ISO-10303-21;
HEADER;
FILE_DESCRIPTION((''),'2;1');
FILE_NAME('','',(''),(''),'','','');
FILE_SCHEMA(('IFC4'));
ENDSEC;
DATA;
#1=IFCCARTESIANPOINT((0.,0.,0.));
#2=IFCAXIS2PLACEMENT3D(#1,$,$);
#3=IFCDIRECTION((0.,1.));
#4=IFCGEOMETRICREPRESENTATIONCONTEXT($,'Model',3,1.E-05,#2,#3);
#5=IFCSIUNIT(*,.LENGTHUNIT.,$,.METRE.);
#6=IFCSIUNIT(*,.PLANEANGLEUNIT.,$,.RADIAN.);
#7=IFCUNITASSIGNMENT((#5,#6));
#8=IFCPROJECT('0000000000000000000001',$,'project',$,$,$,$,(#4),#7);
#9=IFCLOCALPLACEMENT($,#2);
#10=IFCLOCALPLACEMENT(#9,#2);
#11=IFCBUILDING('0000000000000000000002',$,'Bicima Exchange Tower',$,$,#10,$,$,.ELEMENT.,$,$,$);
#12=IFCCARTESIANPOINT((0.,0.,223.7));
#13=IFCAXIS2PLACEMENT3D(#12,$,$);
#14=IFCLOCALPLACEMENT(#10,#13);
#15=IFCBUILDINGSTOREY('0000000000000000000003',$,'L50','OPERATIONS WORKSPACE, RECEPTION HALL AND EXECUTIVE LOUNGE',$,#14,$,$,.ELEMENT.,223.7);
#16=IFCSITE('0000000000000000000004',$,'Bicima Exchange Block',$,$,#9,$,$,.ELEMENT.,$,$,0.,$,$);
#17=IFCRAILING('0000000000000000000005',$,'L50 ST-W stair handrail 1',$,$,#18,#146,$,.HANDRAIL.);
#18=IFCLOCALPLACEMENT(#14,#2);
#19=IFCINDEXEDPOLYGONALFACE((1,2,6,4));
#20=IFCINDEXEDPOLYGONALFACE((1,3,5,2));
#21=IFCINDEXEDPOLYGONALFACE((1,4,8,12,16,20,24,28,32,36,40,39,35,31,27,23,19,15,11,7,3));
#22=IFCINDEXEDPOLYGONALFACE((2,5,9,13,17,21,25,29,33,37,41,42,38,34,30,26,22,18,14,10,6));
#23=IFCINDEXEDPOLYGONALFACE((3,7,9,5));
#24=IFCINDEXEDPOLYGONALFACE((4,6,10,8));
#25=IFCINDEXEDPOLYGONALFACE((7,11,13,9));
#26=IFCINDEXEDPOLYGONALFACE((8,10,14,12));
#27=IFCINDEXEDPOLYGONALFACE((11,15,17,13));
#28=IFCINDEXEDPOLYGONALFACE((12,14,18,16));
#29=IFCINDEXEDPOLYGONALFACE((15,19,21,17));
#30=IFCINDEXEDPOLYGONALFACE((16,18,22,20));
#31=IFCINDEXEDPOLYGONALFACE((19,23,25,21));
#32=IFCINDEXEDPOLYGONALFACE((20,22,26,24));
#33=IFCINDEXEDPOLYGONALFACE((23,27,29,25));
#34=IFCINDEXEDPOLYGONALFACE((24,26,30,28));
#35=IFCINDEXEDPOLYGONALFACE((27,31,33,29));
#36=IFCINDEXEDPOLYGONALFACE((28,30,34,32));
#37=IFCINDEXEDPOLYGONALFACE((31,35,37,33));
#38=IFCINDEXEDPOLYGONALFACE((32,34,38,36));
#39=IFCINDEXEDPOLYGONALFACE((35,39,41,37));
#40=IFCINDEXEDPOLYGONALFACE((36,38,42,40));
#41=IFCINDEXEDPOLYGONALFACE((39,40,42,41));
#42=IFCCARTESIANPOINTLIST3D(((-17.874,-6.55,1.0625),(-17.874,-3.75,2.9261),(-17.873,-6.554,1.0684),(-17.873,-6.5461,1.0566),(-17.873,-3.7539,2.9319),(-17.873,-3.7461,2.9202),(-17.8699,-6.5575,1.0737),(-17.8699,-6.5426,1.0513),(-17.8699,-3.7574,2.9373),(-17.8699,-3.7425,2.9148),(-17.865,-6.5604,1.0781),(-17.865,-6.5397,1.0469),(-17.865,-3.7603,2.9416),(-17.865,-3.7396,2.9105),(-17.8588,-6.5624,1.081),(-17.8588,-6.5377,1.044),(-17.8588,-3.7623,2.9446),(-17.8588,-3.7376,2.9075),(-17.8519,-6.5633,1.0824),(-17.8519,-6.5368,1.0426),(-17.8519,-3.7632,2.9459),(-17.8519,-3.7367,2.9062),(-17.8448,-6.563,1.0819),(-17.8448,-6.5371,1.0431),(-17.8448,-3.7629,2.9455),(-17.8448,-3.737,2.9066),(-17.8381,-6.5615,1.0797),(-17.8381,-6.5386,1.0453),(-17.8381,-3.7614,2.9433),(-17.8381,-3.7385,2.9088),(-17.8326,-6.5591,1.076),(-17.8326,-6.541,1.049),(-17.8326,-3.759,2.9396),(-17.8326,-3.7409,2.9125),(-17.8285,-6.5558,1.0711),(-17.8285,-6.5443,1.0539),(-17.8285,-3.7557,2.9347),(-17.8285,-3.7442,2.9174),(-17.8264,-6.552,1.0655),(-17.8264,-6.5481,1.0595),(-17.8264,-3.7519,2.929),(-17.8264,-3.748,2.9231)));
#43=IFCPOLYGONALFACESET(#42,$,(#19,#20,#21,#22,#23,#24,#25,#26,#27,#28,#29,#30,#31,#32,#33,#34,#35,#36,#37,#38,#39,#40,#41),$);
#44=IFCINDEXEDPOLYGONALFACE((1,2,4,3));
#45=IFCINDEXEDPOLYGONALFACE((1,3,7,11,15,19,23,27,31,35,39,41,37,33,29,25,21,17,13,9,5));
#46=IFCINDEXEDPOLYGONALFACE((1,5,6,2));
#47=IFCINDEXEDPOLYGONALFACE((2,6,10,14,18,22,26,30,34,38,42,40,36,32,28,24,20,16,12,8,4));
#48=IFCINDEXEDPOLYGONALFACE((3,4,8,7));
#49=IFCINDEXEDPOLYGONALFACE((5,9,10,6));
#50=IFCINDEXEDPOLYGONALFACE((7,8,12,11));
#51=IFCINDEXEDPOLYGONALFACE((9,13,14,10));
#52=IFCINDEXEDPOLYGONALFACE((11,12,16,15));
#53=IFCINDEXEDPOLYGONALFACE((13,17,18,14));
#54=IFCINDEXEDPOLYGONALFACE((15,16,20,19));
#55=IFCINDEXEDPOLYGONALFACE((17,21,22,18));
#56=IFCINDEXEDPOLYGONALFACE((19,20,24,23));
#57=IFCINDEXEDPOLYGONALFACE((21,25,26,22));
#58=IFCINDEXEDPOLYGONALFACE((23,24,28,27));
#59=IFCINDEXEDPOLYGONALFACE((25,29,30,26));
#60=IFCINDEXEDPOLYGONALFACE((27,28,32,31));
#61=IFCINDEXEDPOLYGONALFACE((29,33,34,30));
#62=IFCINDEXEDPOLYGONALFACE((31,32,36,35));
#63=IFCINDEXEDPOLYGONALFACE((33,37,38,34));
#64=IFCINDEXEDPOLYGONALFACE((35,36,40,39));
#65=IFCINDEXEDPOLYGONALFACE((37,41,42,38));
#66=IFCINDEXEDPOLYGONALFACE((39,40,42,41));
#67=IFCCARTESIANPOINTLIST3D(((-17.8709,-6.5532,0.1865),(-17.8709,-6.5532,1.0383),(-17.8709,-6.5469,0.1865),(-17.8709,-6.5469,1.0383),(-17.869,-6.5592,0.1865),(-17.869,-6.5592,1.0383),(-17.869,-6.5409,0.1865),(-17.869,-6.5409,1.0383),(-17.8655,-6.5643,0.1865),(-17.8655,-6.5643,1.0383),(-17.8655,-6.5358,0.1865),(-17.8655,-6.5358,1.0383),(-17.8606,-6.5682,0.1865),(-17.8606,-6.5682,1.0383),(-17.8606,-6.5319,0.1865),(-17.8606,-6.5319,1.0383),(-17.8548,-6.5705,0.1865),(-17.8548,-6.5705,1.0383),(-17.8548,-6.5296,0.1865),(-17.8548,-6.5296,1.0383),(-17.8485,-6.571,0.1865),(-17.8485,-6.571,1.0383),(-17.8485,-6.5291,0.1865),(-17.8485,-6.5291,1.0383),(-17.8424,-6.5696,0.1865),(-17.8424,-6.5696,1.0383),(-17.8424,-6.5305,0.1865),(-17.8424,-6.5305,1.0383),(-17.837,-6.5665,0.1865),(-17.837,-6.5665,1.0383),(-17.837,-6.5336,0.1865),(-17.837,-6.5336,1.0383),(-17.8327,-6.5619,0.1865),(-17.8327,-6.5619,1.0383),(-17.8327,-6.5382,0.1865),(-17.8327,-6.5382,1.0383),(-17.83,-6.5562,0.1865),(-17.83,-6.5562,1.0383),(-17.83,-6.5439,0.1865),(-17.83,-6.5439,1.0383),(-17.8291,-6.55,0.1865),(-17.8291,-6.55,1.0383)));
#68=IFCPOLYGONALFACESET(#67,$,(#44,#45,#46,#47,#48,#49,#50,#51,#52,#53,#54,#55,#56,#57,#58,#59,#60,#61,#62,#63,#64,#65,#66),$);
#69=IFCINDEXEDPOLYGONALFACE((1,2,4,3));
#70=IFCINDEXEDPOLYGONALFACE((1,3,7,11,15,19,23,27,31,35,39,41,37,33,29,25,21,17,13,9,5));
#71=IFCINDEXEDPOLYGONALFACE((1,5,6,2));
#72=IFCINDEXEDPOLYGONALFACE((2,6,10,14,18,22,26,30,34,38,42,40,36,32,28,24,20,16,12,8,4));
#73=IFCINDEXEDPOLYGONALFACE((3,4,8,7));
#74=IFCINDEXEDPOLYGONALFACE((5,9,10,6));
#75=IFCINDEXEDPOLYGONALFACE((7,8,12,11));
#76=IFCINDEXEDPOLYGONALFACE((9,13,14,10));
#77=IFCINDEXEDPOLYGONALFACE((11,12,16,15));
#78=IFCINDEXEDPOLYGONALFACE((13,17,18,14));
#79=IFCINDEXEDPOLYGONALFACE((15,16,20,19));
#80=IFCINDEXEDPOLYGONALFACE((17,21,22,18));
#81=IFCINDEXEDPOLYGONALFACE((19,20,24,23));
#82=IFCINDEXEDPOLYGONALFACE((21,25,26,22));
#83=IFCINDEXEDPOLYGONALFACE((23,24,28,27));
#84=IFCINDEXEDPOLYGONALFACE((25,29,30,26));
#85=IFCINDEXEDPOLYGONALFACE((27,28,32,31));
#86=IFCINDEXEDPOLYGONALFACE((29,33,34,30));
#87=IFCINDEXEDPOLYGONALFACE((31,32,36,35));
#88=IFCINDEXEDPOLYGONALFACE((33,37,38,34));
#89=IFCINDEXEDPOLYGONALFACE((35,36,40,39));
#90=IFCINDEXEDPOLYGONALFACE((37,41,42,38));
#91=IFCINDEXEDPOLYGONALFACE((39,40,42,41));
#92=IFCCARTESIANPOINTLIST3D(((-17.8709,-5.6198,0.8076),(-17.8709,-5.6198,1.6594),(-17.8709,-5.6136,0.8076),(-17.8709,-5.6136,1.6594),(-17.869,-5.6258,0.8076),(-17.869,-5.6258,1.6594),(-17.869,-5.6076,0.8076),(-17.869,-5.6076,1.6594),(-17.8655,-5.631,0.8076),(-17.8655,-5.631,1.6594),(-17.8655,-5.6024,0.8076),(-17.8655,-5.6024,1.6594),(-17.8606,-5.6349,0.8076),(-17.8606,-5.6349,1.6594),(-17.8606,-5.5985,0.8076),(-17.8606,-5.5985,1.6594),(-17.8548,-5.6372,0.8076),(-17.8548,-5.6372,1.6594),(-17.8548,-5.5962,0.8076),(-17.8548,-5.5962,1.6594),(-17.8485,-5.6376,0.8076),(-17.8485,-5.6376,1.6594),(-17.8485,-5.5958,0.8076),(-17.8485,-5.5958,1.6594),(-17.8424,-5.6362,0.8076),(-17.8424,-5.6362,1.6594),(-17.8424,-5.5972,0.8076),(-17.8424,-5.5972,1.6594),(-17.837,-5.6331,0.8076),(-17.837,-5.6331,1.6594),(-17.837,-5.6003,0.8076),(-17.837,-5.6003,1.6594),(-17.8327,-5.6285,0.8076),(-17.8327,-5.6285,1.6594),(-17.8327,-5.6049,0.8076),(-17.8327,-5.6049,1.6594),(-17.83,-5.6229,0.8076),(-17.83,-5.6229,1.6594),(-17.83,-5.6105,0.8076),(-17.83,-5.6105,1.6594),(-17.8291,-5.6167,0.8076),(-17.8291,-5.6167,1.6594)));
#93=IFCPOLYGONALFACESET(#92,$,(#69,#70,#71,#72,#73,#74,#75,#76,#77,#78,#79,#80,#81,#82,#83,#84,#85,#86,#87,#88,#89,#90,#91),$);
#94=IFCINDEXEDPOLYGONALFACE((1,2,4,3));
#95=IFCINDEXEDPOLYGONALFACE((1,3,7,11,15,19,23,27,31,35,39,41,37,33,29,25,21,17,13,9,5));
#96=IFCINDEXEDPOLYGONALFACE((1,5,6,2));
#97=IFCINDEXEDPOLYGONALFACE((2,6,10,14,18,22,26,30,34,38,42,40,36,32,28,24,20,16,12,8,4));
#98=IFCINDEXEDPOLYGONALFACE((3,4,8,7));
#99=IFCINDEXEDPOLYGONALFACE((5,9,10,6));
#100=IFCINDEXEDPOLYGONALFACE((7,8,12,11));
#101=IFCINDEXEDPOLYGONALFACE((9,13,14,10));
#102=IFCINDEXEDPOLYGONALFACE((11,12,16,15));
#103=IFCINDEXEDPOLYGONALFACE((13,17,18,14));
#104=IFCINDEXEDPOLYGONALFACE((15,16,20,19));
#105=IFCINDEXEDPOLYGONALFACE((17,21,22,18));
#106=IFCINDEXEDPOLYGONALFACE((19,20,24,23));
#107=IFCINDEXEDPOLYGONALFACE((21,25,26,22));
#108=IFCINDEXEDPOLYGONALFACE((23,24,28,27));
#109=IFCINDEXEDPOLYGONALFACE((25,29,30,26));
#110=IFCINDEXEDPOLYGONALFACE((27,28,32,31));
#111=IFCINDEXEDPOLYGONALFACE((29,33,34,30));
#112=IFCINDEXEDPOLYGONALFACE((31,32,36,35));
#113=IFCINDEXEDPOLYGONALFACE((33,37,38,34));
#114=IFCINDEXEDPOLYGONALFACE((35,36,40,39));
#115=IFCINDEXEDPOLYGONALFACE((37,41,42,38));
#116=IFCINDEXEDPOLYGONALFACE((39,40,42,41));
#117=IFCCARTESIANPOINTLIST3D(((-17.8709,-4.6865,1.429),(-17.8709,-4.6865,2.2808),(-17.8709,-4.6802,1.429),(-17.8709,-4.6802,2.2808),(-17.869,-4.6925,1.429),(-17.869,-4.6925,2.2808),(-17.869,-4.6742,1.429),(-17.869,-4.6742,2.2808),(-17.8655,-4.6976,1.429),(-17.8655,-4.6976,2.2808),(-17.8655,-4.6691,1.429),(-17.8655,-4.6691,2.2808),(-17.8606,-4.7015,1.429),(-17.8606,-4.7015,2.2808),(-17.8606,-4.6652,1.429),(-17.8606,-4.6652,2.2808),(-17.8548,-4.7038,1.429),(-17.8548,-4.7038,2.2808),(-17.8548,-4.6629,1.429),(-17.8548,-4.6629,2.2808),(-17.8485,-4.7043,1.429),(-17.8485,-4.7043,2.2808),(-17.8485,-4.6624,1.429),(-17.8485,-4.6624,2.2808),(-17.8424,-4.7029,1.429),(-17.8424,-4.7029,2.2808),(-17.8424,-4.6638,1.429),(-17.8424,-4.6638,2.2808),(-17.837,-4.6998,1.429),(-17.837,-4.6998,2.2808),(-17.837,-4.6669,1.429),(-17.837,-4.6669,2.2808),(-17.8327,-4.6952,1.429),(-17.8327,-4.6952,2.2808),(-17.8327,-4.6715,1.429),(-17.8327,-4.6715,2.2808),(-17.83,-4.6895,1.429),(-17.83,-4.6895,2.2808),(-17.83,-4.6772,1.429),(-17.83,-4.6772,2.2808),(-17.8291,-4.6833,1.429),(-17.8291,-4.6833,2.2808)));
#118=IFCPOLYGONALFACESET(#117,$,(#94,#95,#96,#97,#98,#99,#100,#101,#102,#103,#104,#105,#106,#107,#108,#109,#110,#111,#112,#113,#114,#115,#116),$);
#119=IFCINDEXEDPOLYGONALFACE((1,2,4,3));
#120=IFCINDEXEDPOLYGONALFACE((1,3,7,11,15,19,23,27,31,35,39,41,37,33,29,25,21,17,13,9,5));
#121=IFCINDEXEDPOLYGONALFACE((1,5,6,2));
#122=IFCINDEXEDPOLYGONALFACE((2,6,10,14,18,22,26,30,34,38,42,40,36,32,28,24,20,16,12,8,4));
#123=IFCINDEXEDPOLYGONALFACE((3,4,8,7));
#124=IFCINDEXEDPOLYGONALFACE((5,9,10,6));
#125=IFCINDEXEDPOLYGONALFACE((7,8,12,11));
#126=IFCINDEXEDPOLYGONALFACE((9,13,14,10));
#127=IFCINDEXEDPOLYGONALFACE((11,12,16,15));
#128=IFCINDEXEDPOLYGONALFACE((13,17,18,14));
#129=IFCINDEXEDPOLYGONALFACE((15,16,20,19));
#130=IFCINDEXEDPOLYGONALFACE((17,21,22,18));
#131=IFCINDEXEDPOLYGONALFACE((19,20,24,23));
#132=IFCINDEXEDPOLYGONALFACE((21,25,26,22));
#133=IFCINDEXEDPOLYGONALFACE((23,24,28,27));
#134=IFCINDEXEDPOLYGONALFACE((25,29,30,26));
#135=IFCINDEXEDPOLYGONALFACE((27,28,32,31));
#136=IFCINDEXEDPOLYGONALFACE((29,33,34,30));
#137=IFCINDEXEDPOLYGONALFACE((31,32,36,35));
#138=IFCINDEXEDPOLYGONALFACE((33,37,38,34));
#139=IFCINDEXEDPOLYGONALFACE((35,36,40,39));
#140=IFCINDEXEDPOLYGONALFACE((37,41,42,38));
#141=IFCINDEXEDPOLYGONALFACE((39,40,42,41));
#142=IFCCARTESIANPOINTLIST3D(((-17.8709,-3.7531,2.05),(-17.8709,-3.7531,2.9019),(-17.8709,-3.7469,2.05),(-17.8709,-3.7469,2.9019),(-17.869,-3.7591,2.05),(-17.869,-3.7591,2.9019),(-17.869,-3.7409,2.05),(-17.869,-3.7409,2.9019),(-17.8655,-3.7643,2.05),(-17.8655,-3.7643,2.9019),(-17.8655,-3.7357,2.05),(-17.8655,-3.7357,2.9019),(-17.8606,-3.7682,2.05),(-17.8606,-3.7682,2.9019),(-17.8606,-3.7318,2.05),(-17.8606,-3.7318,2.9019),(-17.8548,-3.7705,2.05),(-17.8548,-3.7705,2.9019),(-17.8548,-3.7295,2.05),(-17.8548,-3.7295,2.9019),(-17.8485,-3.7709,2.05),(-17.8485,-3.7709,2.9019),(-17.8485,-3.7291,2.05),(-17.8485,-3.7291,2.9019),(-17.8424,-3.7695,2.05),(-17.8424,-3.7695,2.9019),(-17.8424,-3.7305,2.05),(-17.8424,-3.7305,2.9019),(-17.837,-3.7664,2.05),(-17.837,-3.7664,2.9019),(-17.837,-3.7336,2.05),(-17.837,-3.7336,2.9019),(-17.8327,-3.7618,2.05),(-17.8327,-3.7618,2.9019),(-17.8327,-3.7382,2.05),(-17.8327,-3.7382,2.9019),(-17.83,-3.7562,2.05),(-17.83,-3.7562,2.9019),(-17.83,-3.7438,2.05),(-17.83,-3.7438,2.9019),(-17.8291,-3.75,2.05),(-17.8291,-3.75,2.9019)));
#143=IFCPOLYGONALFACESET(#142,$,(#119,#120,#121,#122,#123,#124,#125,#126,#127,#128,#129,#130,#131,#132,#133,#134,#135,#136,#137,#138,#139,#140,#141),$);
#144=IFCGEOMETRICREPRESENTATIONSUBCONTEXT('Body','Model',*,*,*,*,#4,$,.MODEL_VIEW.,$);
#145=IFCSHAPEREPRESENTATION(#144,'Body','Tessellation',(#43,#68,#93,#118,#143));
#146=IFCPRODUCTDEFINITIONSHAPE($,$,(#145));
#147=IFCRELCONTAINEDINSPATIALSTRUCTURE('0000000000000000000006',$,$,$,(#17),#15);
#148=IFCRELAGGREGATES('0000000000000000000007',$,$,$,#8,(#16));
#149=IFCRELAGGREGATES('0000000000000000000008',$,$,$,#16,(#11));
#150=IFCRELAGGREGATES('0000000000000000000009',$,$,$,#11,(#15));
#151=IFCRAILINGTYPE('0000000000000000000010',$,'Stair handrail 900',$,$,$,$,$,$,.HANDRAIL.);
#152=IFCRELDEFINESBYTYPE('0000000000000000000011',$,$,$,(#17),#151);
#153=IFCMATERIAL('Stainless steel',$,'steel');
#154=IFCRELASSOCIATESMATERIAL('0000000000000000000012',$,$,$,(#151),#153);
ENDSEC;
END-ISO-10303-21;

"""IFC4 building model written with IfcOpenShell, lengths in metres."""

from ifc_helpers import new_model, si_unit, direction, frame, origin, origin_2d, place, context, subcontext, project, spatial, circle, extrude, material, type_object, element, save


model = new_model("IFC4")

# Units and contexts
model_context = context("Model", 3, precision=1e-05, world=origin(), true_north=direction((0.0, 1.0)))
body_context = subcontext(model_context, "Body", "Model", "MODEL_VIEW")
ifc_project = project(units=[si_unit("LENGTHUNIT", "METRE"), si_unit("PLANEANGLEUNIT", "RADIAN")], contexts=[model_context])

# Site, building, storey
site_placement = place(None, origin())
site = spatial("IfcSite", under=ifc_project, at=site_placement, Name="Bicima Exchange Block", CompositionType="ELEMENT", RefElevation=0.0)
building_placement = place(site_placement, origin())
building = spatial("IfcBuilding", under=site, at=building_placement, Name="Bicima Exchange Tower", CompositionType="ELEMENT")
storey_placement = place(building_placement, frame((0.0, 0.0, 223.7)))
storey = spatial("IfcBuildingStorey", under=building, at=storey_placement, Name="L50", Description="OPERATIONS WORKSPACE, RECEPTION HALL AND EXECUTIVE LOUNGE", CompositionType="ELEMENT", Elevation=223.7)

# Shared definitions
ifc_material_1 = material(Name="Stainless steel", Category="steel")

# Railing
railing_type_1 = type_object("IfcRailingType", Name="Stair handrail 900", PredefinedType="HANDRAIL", material=ifc_material_1)
railing_1_placement = place(storey_placement, frame((-17.8501, -6.55, 0.1865)))
element("IfcRailing", 1, at=railing_1_placement, inside=storey, type_object=railing_type_1, Name="L50 ST-W stair handrail 1", PredefinedType="HANDRAIL", context=body_context, shape_type="SweptSolid", body=[
    extrude(circle(Radius=0.0239, at=origin_2d()), frame((0.0, 0.0, 0.876), z_axis=(0.0, 0.832486, 0.554047), x_axis=(-1.0, 0.0, 0.0)), (0.0, 0.0, 1.0), 3.3635),
    extrude(circle(Radius=0.021, at=origin_2d()), origin(), (0.0, 0.0, 1.0), 0.8518),
    extrude(circle(Radius=0.021, at=origin_2d()), frame((0.0, 0.9333, 0.6211)), (0.0, 0.0, 1.0), 0.8518),
    extrude(circle(Radius=0.021, at=origin_2d()), frame((0.0, 1.8667, 1.2424)), (0.0, 0.0, 1.0), 0.8518),
    extrude(circle(Radius=0.021, at=origin_2d()), frame((0.0, 2.8, 1.8635)), (0.0, 0.0, 1.0), 0.8518),
])

save(model, "model.ifc")
